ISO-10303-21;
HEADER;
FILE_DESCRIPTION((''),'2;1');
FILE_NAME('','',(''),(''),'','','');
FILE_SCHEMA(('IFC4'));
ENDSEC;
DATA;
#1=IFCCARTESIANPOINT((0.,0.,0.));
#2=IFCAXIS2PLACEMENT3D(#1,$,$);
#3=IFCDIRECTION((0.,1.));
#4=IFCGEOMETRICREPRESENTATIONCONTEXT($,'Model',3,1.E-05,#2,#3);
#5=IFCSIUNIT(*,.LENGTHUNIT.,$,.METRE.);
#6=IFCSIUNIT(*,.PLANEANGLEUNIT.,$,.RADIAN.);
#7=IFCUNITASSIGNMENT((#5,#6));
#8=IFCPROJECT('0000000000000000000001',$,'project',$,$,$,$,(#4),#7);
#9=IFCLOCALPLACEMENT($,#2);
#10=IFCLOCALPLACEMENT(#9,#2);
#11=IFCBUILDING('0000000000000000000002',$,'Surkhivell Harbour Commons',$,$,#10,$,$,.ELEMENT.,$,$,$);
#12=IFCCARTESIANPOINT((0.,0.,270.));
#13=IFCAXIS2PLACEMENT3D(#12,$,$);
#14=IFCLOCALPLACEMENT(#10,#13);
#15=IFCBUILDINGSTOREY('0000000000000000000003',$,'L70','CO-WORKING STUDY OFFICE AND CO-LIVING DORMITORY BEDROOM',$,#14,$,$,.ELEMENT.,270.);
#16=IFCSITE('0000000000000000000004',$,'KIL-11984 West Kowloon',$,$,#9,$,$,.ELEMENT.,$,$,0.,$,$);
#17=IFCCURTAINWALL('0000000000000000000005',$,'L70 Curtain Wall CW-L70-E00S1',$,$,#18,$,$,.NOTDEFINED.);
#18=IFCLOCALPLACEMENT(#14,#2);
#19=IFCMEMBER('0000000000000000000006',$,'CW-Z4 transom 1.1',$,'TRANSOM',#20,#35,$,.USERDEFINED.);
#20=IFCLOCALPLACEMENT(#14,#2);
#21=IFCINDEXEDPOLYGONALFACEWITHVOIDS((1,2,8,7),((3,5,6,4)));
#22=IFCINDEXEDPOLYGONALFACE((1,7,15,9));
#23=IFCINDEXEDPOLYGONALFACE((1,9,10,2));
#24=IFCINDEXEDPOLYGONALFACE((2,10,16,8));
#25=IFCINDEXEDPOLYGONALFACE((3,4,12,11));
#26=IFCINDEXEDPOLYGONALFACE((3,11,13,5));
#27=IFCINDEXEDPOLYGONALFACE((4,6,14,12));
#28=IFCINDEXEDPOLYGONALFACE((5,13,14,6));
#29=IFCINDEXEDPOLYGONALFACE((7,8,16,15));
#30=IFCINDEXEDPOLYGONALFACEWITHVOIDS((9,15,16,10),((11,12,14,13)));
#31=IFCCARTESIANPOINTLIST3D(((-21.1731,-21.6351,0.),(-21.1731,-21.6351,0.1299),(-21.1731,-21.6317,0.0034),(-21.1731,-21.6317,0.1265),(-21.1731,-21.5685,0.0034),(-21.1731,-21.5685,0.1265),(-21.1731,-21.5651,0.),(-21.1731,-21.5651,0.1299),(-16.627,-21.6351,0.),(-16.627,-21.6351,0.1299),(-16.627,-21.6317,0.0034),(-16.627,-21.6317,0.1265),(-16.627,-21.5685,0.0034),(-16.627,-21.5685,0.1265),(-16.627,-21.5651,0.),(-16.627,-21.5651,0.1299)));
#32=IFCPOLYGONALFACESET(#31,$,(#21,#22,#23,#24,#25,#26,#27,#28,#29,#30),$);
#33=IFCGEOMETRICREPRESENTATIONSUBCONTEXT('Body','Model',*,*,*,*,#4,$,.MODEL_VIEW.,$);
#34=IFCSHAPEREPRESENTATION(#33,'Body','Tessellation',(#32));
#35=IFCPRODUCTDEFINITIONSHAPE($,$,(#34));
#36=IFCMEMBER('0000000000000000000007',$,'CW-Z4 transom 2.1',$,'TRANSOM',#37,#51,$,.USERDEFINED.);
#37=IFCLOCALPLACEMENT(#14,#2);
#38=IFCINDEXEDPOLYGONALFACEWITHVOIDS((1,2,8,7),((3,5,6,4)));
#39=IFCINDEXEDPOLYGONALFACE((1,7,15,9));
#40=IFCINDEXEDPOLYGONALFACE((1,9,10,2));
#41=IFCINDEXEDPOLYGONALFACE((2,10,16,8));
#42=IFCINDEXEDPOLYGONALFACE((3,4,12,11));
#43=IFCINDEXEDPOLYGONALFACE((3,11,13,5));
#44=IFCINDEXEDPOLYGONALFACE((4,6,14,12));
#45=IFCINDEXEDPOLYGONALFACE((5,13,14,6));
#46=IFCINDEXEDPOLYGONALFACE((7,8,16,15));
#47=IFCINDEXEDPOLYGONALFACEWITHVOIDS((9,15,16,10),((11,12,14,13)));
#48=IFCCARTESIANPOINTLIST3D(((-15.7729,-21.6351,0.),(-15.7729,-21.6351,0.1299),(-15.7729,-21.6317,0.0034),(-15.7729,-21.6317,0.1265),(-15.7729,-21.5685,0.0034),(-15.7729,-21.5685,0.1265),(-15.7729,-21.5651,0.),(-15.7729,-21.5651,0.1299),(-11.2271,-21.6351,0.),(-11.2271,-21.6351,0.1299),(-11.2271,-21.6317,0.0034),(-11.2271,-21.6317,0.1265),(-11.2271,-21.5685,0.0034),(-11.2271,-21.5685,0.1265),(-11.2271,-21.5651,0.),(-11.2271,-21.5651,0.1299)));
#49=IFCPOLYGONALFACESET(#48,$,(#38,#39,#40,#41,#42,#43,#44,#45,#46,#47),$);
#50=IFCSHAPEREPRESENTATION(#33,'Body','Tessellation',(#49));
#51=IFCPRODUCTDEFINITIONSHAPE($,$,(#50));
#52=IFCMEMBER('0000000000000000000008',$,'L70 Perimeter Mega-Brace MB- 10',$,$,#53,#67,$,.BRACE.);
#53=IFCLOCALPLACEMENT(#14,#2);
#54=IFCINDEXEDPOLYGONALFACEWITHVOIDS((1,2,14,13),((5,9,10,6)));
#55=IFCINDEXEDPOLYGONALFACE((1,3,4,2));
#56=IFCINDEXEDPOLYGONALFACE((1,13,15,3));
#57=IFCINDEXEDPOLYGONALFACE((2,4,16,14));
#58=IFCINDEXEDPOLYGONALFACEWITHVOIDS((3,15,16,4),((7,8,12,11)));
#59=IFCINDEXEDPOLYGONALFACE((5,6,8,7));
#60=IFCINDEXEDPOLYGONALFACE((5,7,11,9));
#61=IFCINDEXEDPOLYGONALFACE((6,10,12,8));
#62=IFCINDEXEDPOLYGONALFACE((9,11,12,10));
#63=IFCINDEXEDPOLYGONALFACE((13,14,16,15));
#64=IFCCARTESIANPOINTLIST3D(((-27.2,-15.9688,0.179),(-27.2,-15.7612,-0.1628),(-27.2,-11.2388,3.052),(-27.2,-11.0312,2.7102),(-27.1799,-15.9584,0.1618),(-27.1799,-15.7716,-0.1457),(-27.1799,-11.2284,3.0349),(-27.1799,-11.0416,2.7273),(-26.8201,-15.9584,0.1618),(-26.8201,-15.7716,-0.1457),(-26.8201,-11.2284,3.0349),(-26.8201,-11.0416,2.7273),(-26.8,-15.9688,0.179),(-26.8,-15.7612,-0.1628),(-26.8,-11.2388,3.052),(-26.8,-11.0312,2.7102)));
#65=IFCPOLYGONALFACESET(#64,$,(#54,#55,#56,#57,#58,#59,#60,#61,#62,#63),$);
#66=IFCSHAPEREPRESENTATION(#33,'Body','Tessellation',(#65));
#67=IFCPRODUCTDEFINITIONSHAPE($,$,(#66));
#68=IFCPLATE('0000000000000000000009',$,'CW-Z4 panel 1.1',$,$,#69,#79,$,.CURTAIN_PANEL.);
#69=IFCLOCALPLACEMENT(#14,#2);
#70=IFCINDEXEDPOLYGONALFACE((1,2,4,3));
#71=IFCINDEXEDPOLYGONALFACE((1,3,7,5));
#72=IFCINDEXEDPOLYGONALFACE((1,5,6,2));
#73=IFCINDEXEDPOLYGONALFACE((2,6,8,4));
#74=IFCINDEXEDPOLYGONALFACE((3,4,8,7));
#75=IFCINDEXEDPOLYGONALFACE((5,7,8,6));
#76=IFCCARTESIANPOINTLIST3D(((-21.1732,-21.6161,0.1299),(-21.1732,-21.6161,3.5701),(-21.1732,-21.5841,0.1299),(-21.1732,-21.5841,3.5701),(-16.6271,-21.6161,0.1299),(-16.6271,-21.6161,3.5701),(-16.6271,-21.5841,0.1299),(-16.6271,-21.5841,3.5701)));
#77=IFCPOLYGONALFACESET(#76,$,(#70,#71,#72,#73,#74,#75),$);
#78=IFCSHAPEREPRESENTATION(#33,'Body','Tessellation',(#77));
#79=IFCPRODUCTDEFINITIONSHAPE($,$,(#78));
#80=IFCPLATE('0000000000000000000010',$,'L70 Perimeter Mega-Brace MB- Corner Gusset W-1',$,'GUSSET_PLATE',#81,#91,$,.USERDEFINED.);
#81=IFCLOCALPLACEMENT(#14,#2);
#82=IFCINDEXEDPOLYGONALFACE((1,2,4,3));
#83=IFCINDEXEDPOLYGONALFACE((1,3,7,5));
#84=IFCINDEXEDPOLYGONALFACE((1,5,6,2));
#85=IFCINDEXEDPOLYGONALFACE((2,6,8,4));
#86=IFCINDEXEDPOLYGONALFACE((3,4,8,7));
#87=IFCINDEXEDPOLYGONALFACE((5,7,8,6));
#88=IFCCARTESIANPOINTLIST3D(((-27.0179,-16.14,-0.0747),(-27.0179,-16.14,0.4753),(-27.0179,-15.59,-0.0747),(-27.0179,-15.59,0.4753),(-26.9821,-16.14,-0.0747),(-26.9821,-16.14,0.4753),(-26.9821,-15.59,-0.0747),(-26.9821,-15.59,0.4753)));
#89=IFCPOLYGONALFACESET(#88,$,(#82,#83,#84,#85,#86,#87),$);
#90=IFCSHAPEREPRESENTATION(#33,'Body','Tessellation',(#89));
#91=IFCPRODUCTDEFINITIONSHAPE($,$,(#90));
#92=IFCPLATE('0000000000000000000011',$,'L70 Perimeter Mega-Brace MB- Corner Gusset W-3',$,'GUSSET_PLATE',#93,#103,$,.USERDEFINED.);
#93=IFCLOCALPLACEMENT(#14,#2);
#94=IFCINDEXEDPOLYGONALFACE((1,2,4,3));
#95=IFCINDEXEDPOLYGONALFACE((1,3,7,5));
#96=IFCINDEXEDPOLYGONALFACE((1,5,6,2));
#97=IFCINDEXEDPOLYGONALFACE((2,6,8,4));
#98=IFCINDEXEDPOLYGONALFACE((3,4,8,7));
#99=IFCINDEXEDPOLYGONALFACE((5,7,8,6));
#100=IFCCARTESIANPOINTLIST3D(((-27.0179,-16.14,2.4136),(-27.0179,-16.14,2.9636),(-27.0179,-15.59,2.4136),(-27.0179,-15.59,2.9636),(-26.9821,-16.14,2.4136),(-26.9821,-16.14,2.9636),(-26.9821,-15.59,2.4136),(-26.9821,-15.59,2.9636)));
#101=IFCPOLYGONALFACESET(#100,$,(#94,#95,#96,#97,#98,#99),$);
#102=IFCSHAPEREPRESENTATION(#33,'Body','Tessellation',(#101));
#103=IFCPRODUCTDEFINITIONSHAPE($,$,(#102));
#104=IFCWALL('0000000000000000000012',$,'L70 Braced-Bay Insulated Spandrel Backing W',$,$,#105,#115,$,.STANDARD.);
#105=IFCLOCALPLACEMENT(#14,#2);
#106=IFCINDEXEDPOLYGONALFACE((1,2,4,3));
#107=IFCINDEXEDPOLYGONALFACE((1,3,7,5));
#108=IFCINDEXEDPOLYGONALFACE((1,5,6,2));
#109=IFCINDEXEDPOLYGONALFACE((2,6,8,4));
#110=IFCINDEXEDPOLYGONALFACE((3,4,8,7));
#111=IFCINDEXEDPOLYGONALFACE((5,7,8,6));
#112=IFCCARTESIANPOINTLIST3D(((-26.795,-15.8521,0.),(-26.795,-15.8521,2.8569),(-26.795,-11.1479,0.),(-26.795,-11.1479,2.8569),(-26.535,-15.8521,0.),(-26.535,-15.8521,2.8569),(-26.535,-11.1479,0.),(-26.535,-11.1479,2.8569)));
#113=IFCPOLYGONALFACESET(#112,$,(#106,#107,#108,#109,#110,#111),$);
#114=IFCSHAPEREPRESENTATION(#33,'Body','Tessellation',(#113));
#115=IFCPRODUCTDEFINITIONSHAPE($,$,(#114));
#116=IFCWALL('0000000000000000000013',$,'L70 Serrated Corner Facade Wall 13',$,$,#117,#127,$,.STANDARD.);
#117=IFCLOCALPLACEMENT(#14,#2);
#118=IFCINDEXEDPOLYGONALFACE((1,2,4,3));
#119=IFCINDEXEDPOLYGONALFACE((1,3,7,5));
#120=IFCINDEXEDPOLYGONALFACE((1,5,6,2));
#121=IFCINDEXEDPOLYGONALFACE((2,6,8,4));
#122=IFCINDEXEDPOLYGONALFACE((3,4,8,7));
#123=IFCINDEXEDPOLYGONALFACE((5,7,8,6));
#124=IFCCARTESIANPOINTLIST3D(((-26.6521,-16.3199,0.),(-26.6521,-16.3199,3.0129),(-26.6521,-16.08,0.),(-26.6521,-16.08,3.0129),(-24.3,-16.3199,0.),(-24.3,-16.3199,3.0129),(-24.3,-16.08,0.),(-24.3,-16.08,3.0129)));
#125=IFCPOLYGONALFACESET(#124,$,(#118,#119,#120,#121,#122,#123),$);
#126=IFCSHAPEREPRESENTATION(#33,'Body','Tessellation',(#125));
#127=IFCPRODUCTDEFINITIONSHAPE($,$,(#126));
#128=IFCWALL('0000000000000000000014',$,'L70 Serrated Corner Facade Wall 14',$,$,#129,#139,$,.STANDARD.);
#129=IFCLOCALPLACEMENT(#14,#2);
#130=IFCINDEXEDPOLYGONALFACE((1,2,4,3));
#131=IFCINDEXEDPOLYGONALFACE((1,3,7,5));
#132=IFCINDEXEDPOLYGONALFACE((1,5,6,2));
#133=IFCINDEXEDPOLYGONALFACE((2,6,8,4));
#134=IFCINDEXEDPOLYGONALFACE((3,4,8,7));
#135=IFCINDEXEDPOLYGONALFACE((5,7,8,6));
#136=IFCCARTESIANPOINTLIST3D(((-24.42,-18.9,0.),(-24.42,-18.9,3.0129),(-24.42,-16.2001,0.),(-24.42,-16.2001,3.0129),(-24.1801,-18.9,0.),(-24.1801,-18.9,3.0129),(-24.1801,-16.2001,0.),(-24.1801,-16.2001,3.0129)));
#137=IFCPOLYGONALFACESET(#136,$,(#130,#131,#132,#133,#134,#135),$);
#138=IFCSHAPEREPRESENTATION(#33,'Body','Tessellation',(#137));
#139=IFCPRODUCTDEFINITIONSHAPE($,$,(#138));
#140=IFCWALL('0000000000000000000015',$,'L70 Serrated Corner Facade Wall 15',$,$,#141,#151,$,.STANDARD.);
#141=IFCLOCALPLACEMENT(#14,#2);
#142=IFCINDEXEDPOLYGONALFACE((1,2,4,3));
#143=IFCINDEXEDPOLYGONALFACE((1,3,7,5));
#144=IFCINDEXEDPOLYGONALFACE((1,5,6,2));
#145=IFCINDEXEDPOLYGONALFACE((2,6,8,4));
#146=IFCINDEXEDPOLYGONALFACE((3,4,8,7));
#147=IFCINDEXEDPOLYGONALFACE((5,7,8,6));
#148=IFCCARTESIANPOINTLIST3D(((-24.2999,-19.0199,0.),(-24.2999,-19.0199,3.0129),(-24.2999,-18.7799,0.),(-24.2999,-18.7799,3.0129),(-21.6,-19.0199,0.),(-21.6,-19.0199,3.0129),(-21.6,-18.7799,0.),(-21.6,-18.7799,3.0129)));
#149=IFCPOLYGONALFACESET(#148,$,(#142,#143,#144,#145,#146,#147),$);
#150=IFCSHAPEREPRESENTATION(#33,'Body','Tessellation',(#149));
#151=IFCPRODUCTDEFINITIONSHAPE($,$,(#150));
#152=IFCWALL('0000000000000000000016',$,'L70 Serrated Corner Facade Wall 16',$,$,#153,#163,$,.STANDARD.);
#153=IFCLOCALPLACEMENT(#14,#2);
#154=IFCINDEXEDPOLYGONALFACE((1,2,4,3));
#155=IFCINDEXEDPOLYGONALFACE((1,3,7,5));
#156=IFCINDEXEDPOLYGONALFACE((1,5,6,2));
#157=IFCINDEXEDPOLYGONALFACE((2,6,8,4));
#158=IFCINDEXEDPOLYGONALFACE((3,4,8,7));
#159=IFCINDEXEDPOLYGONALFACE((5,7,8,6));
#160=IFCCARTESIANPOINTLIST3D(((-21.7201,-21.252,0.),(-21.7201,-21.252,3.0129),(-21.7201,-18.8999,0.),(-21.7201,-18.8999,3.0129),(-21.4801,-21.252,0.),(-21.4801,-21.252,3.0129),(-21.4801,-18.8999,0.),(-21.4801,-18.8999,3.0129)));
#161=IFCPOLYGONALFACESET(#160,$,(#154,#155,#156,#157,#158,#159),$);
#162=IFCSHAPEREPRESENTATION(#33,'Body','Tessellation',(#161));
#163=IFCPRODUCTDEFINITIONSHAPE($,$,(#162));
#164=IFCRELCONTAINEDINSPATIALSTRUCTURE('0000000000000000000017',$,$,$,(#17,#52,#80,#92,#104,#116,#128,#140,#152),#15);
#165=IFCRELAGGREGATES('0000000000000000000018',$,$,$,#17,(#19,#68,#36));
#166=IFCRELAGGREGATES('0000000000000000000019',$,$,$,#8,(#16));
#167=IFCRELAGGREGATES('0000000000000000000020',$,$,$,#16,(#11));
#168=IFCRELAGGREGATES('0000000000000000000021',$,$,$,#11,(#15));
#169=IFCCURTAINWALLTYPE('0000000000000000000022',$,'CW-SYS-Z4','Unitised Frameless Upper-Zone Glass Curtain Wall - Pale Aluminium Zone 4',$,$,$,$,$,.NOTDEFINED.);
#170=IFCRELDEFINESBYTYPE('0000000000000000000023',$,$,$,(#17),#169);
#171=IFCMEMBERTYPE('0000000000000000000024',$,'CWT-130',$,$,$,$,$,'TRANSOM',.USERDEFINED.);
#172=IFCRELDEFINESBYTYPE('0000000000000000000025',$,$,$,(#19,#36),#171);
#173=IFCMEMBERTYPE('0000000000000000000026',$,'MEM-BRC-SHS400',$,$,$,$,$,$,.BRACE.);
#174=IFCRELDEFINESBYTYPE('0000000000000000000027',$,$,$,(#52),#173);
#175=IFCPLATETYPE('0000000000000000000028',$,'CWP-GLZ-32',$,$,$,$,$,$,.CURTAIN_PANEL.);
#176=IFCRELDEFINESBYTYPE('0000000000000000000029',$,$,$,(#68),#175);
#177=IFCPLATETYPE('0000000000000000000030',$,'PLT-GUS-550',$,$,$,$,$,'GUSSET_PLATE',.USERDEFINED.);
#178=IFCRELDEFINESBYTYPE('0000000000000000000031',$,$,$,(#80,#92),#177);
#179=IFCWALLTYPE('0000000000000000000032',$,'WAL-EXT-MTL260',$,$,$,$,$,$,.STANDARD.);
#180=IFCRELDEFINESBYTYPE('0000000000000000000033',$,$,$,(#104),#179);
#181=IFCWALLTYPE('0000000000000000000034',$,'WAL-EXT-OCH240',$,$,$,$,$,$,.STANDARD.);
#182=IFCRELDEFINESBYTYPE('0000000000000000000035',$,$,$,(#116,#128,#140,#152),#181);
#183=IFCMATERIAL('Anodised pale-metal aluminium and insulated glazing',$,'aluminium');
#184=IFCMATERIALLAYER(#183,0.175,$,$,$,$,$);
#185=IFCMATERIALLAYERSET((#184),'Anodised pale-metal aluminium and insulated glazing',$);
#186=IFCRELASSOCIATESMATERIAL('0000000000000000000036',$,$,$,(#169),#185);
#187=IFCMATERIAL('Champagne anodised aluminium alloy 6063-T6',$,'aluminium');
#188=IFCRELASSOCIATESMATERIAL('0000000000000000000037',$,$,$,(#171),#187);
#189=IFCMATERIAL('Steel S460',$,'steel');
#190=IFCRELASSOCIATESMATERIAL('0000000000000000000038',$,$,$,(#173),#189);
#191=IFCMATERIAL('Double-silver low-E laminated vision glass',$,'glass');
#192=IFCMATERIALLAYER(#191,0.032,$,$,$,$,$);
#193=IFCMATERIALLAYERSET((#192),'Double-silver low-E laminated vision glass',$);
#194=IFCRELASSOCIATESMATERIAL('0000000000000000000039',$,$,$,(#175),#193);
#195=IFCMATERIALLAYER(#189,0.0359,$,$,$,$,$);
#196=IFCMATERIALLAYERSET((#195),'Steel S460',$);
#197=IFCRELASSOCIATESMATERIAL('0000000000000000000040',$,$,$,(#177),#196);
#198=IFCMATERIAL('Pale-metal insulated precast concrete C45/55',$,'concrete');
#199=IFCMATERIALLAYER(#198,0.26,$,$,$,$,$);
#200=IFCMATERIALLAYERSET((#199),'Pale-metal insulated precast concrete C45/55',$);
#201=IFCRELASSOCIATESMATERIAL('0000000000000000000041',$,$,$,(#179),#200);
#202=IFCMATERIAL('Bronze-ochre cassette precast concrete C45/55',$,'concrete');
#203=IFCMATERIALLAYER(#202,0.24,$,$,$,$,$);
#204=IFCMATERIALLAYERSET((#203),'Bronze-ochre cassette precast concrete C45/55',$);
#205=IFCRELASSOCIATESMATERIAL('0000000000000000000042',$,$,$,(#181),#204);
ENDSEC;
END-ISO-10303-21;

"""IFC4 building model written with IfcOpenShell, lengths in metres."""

from ifc_helpers import new_model, si_unit, direction, frame, frame_2d, origin, origin_2d, place, context, subcontext, project, spatial, rectangle, hollow_rectangle, extrude, material, layer, layer_set, material_profile, profile_set, type_object, element, aggregate, save


model = new_model("IFC4")

# Units and contexts
model_context = context("Model", 3, precision=1e-05, world=origin(), true_north=direction((0.0, 1.0)))
body_context = subcontext(model_context, "Body", "Model", "MODEL_VIEW")
ifc_project = project(units=[si_unit("LENGTHUNIT", "METRE"), si_unit("PLANEANGLEUNIT", "RADIAN")], contexts=[model_context])

# Site, building, storey
site_placement = place(None, origin())
site = spatial("IfcSite", under=ifc_project, at=site_placement, Name="KIL-11984 West Kowloon", CompositionType="ELEMENT", RefElevation=0.0)
building_placement = place(site_placement, origin())
building = spatial("IfcBuilding", under=site, at=building_placement, Name="Surkhivell Harbour Commons", CompositionType="ELEMENT")
storey_placement = place(building_placement, frame((0.0, 0.0, 270.0)))
storey = spatial("IfcBuildingStorey", under=building, at=storey_placement, Name="L70", Description="CO-WORKING STUDY OFFICE AND CO-LIVING DORMITORY BEDROOM", CompositionType="ELEMENT", Elevation=270.0)

# Curtain wall, members
ifc_material_1 = material(Name="Anodised pale-metal aluminium and insulated glazing", Category="aluminium")
ifc_layer_1 = layer(ifc_material_1, 0.175)
ifc_layer_set_1 = layer_set([ifc_layer_1], Name="Anodised pale-metal aluminium and insulated glazing")
curtain_wall_type = type_object("IfcCurtainWallType", Name="CW-SYS-Z4", Description="Unitised Frameless Upper-Zone Glass Curtain Wall - Pale Aluminium Zone 4", PredefinedType="NOTDEFINED", material=ifc_layer_set_1)
curtain_wall_placement = place(storey_placement, origin())
curtain_wall = element("IfcCurtainWall", 1, at=curtain_wall_placement, inside=storey, type_object=curtain_wall_type, Name="L70 Curtain Wall CW-L70-E00S1", PredefinedType="NOTDEFINED")
ifc_material_2 = material(Name="Champagne anodised aluminium alloy 6063-T6", Category="aluminium")
ifc_material_profile_1 = material_profile(ifc_material_2, hollow_rectangle(XDim=0.0701, YDim=0.1299, WallThickness=0.0034, at=origin_2d()), Name="ALU-TRAN-70x130")
ifc_profile_set_1 = profile_set([ifc_material_profile_1], Name="Champagne anodised aluminium alloy 6063-T6")
member_type_1 = type_object("IfcMemberType", Name="CWT-130", ElementType="TRANSOM", PredefinedType="USERDEFINED", material=ifc_profile_set_1)
member_1_placement = place(storey_placement, frame((-21.1731, -21.6001, 0.0649), z_axis=(1.0, 0.0, 0.0), x_axis=(0.0, 1.0, 0.0)))
member_1 = element("IfcMember", 2, at=member_1_placement, type_object=member_type_1, Name="CW-Z4 transom 1.1", ObjectType="TRANSOM", PredefinedType="USERDEFINED", context=body_context, shape_type="SweptSolid", body=[
    extrude(hollow_rectangle(XDim=0.0701, YDim=0.1299, WallThickness=0.0034, at=origin_2d()), origin(), (0.0, 0.0, 1.0), 4.5461),
])
member_2_placement = place(storey_placement, frame((-15.7729, -21.6001, 0.0649), z_axis=(1.0, 0.0, 0.0), x_axis=(0.0, 1.0, 0.0)))
member_2 = element("IfcMember", 3, at=member_2_placement, type_object=member_type_1, Name="CW-Z4 transom 2.1", ObjectType="TRANSOM", PredefinedType="USERDEFINED", context=body_context, shape_type="SweptSolid", body=[
    extrude(hollow_rectangle(XDim=0.0701, YDim=0.1299, WallThickness=0.0034, at=origin_2d()), origin(), (0.0, 0.0, 1.0), 4.5459),
])

# Member
ifc_material_3 = material(Name="Steel S460", Category="steel")
ifc_material_profile_2 = material_profile(ifc_material_3, hollow_rectangle(XDim=0.3999, YDim=0.3999, WallThickness=0.02, at=origin_2d()), Name="SHS400x400x20")
ifc_profile_set_2 = profile_set([ifc_material_profile_2], Name="Steel S460")
member_type_2 = type_object("IfcMemberType", Name="MEM-BRC-SHS400", PredefinedType="BRACE", material=ifc_profile_set_2)
member_3_placement = place(storey_placement, frame((-27.0, -15.865, 0.0081), z_axis=(0.0, 0.854685, 0.519146), x_axis=(-1.0, 0.0, 0.0)))
element("IfcMember", 4, at=member_3_placement, inside=storey, type_object=member_type_2, Name="L70 Perimeter Mega-Brace MB- 10", PredefinedType="BRACE", context=body_context, shape_type="SweptSolid", body=[
    extrude(hollow_rectangle(XDim=0.3999, YDim=0.3999, WallThickness=0.02, at=origin_2d()), origin(), (0.0, 0.0, 1.0), 5.5342),
])

# Plate
ifc_material_4 = material(Name="Double-silver low-E laminated vision glass", Category="glass")
ifc_layer_2 = layer(ifc_material_4, 0.032)
ifc_layer_set_2 = layer_set([ifc_layer_2], Name="Double-silver low-E laminated vision glass")
plate_type_1 = type_object("IfcPlateType", Name="CWP-GLZ-32", PredefinedType="CURTAIN_PANEL", material=ifc_layer_set_2)
plate_placement = place(storey_placement, frame((-21.1731, -21.6001, 0.1299), z_axis=(0.0, 0.0, 1.0), x_axis=(1.0, 0.0, 0.0)))
plate = element("IfcPlate", 5, at=plate_placement, type_object=plate_type_1, Name="CW-Z4 panel 1.1", PredefinedType="CURTAIN_PANEL", context=body_context, shape_type="SweptSolid", body=[
    extrude(rectangle(XDim=4.5461, YDim=0.032, at=frame_2d((2.2729, 0.0))), origin(), (0.0, 0.0, 1.0), 3.4402),
])
aggregate(curtain_wall, [member_1, plate, member_2])

# Plates
ifc_layer_3 = layer(ifc_material_3, 0.0359)
ifc_layer_set_3 = layer_set([ifc_layer_3], Name="Steel S460")
plate_type_2 = type_object("IfcPlateType", Name="PLT-GUS-550", ElementType="GUSSET_PLATE", PredefinedType="USERDEFINED", material=ifc_layer_set_3)
for number, where, z_axis, x_axis, name in (
    (6, (-27.0, -15.865, -0.0747), (0.0, 0.0, 1.0), (0.0, 1.0, 0.0), "L70 Perimeter Mega-Brace MB- Corner Gusset W-1"),
    (7, (-27.0, -15.865, 2.4136), (0.0, 0.0, 1.0), (0.0, 1.0, 0.0), "L70 Perimeter Mega-Brace MB- Corner Gusset W-3"),
):
    element("IfcPlate", number, at=place(storey_placement, frame(where, z_axis=z_axis, x_axis=x_axis)), inside=storey, type_object=plate_type_2, Name=name, ObjectType="GUSSET_PLATE", PredefinedType="USERDEFINED", context=body_context, shape_type="SweptSolid", body=[
        extrude(rectangle(XDim=0.55, YDim=0.0359, at=origin_2d()), origin(), (0.0, 0.0, 1.0), 0.55),
    ])

# Walls
ifc_material_5 = material(Name="Pale-metal insulated precast concrete C45/55", Category="concrete")
ifc_layer_4 = layer(ifc_material_5, 0.26)
ifc_layer_set_4 = layer_set([ifc_layer_4], Name="Pale-metal insulated precast concrete C45/55")
wall_type_1 = type_object("IfcWallType", Name="WAL-EXT-MTL260", PredefinedType="STANDARD", material=ifc_layer_set_4)
wall_1_placement = place(storey_placement, frame((-26.665, -15.8521, 0.0), z_axis=(0.0, 0.0, 1.0), x_axis=(0.0, 1.0, 0.0)))
element("IfcWall", 8, at=wall_1_placement, inside=storey, type_object=wall_type_1, Name="L70 Braced-Bay Insulated Spandrel Backing W", PredefinedType="STANDARD", context=body_context, shape_type="SweptSolid", body=[
    extrude(rectangle(XDim=4.7041, YDim=0.26, at=frame_2d((2.3521, 0.0))), origin(), (0.0, 0.0, 1.0), 2.8569),
])
ifc_material_6 = material(Name="Bronze-ochre cassette precast concrete C45/55", Category="concrete")
ifc_layer_5 = layer(ifc_material_6, 0.24)
ifc_layer_set_5 = layer_set([ifc_layer_5], Name="Bronze-ochre cassette precast concrete C45/55")
wall_type_2 = type_object("IfcWallType", Name="WAL-EXT-OCH240", PredefinedType="STANDARD", material=ifc_layer_set_5)
wall_2_placement = place(storey_placement, frame((-26.6521, -16.2, 0.0), z_axis=(0.0, 0.0, 1.0), x_axis=(1.0, 0.0, 0.0)))
element("IfcWall", 9, at=wall_2_placement, inside=storey, type_object=wall_type_2, Name="L70 Serrated Corner Facade Wall 13", PredefinedType="STANDARD", context=body_context, shape_type="SweptSolid", body=[
    extrude(rectangle(XDim=2.3521, YDim=0.24, at=frame_2d((1.176, 0.0))), origin(), (0.0, 0.0, 1.0), 3.0129),
])
for number, where, z_axis, x_axis, name in (
    (10, (-24.3, -16.2, 0.0), (0.0, 0.0, 1.0), (0.0, -1.0, 0.0), "L70 Serrated Corner Facade Wall 14"),
    (11, (-24.3, -18.8999, 0.0), (0.0, 0.0, 1.0), (1.0, 0.0, 0.0), "L70 Serrated Corner Facade Wall 15"),
):
    element("IfcWall", number, at=place(storey_placement, frame(where, z_axis=z_axis, x_axis=x_axis)), inside=storey, type_object=wall_type_2, Name=name, PredefinedType="STANDARD", context=body_context, shape_type="SweptSolid", body=[
        extrude(rectangle(XDim=2.7, YDim=0.24, at=frame_2d((1.3501, 0.0))), origin(), (0.0, 0.0, 1.0), 3.0129),
    ])
wall_3_placement = place(storey_placement, frame((-21.6001, -18.8999, 0.0), z_axis=(0.0, 0.0, 1.0), x_axis=(0.0, -1.0, 0.0)))
element("IfcWall", 12, at=wall_3_placement, inside=storey, type_object=wall_type_2, Name="L70 Serrated Corner Facade Wall 16", PredefinedType="STANDARD", context=body_context, shape_type="SweptSolid", body=[
    extrude(rectangle(XDim=2.3521, YDim=0.24, at=frame_2d((1.176, 0.0))), origin(), (0.0, 0.0, 1.0), 3.0129),
])

save(model, "model.ifc")
